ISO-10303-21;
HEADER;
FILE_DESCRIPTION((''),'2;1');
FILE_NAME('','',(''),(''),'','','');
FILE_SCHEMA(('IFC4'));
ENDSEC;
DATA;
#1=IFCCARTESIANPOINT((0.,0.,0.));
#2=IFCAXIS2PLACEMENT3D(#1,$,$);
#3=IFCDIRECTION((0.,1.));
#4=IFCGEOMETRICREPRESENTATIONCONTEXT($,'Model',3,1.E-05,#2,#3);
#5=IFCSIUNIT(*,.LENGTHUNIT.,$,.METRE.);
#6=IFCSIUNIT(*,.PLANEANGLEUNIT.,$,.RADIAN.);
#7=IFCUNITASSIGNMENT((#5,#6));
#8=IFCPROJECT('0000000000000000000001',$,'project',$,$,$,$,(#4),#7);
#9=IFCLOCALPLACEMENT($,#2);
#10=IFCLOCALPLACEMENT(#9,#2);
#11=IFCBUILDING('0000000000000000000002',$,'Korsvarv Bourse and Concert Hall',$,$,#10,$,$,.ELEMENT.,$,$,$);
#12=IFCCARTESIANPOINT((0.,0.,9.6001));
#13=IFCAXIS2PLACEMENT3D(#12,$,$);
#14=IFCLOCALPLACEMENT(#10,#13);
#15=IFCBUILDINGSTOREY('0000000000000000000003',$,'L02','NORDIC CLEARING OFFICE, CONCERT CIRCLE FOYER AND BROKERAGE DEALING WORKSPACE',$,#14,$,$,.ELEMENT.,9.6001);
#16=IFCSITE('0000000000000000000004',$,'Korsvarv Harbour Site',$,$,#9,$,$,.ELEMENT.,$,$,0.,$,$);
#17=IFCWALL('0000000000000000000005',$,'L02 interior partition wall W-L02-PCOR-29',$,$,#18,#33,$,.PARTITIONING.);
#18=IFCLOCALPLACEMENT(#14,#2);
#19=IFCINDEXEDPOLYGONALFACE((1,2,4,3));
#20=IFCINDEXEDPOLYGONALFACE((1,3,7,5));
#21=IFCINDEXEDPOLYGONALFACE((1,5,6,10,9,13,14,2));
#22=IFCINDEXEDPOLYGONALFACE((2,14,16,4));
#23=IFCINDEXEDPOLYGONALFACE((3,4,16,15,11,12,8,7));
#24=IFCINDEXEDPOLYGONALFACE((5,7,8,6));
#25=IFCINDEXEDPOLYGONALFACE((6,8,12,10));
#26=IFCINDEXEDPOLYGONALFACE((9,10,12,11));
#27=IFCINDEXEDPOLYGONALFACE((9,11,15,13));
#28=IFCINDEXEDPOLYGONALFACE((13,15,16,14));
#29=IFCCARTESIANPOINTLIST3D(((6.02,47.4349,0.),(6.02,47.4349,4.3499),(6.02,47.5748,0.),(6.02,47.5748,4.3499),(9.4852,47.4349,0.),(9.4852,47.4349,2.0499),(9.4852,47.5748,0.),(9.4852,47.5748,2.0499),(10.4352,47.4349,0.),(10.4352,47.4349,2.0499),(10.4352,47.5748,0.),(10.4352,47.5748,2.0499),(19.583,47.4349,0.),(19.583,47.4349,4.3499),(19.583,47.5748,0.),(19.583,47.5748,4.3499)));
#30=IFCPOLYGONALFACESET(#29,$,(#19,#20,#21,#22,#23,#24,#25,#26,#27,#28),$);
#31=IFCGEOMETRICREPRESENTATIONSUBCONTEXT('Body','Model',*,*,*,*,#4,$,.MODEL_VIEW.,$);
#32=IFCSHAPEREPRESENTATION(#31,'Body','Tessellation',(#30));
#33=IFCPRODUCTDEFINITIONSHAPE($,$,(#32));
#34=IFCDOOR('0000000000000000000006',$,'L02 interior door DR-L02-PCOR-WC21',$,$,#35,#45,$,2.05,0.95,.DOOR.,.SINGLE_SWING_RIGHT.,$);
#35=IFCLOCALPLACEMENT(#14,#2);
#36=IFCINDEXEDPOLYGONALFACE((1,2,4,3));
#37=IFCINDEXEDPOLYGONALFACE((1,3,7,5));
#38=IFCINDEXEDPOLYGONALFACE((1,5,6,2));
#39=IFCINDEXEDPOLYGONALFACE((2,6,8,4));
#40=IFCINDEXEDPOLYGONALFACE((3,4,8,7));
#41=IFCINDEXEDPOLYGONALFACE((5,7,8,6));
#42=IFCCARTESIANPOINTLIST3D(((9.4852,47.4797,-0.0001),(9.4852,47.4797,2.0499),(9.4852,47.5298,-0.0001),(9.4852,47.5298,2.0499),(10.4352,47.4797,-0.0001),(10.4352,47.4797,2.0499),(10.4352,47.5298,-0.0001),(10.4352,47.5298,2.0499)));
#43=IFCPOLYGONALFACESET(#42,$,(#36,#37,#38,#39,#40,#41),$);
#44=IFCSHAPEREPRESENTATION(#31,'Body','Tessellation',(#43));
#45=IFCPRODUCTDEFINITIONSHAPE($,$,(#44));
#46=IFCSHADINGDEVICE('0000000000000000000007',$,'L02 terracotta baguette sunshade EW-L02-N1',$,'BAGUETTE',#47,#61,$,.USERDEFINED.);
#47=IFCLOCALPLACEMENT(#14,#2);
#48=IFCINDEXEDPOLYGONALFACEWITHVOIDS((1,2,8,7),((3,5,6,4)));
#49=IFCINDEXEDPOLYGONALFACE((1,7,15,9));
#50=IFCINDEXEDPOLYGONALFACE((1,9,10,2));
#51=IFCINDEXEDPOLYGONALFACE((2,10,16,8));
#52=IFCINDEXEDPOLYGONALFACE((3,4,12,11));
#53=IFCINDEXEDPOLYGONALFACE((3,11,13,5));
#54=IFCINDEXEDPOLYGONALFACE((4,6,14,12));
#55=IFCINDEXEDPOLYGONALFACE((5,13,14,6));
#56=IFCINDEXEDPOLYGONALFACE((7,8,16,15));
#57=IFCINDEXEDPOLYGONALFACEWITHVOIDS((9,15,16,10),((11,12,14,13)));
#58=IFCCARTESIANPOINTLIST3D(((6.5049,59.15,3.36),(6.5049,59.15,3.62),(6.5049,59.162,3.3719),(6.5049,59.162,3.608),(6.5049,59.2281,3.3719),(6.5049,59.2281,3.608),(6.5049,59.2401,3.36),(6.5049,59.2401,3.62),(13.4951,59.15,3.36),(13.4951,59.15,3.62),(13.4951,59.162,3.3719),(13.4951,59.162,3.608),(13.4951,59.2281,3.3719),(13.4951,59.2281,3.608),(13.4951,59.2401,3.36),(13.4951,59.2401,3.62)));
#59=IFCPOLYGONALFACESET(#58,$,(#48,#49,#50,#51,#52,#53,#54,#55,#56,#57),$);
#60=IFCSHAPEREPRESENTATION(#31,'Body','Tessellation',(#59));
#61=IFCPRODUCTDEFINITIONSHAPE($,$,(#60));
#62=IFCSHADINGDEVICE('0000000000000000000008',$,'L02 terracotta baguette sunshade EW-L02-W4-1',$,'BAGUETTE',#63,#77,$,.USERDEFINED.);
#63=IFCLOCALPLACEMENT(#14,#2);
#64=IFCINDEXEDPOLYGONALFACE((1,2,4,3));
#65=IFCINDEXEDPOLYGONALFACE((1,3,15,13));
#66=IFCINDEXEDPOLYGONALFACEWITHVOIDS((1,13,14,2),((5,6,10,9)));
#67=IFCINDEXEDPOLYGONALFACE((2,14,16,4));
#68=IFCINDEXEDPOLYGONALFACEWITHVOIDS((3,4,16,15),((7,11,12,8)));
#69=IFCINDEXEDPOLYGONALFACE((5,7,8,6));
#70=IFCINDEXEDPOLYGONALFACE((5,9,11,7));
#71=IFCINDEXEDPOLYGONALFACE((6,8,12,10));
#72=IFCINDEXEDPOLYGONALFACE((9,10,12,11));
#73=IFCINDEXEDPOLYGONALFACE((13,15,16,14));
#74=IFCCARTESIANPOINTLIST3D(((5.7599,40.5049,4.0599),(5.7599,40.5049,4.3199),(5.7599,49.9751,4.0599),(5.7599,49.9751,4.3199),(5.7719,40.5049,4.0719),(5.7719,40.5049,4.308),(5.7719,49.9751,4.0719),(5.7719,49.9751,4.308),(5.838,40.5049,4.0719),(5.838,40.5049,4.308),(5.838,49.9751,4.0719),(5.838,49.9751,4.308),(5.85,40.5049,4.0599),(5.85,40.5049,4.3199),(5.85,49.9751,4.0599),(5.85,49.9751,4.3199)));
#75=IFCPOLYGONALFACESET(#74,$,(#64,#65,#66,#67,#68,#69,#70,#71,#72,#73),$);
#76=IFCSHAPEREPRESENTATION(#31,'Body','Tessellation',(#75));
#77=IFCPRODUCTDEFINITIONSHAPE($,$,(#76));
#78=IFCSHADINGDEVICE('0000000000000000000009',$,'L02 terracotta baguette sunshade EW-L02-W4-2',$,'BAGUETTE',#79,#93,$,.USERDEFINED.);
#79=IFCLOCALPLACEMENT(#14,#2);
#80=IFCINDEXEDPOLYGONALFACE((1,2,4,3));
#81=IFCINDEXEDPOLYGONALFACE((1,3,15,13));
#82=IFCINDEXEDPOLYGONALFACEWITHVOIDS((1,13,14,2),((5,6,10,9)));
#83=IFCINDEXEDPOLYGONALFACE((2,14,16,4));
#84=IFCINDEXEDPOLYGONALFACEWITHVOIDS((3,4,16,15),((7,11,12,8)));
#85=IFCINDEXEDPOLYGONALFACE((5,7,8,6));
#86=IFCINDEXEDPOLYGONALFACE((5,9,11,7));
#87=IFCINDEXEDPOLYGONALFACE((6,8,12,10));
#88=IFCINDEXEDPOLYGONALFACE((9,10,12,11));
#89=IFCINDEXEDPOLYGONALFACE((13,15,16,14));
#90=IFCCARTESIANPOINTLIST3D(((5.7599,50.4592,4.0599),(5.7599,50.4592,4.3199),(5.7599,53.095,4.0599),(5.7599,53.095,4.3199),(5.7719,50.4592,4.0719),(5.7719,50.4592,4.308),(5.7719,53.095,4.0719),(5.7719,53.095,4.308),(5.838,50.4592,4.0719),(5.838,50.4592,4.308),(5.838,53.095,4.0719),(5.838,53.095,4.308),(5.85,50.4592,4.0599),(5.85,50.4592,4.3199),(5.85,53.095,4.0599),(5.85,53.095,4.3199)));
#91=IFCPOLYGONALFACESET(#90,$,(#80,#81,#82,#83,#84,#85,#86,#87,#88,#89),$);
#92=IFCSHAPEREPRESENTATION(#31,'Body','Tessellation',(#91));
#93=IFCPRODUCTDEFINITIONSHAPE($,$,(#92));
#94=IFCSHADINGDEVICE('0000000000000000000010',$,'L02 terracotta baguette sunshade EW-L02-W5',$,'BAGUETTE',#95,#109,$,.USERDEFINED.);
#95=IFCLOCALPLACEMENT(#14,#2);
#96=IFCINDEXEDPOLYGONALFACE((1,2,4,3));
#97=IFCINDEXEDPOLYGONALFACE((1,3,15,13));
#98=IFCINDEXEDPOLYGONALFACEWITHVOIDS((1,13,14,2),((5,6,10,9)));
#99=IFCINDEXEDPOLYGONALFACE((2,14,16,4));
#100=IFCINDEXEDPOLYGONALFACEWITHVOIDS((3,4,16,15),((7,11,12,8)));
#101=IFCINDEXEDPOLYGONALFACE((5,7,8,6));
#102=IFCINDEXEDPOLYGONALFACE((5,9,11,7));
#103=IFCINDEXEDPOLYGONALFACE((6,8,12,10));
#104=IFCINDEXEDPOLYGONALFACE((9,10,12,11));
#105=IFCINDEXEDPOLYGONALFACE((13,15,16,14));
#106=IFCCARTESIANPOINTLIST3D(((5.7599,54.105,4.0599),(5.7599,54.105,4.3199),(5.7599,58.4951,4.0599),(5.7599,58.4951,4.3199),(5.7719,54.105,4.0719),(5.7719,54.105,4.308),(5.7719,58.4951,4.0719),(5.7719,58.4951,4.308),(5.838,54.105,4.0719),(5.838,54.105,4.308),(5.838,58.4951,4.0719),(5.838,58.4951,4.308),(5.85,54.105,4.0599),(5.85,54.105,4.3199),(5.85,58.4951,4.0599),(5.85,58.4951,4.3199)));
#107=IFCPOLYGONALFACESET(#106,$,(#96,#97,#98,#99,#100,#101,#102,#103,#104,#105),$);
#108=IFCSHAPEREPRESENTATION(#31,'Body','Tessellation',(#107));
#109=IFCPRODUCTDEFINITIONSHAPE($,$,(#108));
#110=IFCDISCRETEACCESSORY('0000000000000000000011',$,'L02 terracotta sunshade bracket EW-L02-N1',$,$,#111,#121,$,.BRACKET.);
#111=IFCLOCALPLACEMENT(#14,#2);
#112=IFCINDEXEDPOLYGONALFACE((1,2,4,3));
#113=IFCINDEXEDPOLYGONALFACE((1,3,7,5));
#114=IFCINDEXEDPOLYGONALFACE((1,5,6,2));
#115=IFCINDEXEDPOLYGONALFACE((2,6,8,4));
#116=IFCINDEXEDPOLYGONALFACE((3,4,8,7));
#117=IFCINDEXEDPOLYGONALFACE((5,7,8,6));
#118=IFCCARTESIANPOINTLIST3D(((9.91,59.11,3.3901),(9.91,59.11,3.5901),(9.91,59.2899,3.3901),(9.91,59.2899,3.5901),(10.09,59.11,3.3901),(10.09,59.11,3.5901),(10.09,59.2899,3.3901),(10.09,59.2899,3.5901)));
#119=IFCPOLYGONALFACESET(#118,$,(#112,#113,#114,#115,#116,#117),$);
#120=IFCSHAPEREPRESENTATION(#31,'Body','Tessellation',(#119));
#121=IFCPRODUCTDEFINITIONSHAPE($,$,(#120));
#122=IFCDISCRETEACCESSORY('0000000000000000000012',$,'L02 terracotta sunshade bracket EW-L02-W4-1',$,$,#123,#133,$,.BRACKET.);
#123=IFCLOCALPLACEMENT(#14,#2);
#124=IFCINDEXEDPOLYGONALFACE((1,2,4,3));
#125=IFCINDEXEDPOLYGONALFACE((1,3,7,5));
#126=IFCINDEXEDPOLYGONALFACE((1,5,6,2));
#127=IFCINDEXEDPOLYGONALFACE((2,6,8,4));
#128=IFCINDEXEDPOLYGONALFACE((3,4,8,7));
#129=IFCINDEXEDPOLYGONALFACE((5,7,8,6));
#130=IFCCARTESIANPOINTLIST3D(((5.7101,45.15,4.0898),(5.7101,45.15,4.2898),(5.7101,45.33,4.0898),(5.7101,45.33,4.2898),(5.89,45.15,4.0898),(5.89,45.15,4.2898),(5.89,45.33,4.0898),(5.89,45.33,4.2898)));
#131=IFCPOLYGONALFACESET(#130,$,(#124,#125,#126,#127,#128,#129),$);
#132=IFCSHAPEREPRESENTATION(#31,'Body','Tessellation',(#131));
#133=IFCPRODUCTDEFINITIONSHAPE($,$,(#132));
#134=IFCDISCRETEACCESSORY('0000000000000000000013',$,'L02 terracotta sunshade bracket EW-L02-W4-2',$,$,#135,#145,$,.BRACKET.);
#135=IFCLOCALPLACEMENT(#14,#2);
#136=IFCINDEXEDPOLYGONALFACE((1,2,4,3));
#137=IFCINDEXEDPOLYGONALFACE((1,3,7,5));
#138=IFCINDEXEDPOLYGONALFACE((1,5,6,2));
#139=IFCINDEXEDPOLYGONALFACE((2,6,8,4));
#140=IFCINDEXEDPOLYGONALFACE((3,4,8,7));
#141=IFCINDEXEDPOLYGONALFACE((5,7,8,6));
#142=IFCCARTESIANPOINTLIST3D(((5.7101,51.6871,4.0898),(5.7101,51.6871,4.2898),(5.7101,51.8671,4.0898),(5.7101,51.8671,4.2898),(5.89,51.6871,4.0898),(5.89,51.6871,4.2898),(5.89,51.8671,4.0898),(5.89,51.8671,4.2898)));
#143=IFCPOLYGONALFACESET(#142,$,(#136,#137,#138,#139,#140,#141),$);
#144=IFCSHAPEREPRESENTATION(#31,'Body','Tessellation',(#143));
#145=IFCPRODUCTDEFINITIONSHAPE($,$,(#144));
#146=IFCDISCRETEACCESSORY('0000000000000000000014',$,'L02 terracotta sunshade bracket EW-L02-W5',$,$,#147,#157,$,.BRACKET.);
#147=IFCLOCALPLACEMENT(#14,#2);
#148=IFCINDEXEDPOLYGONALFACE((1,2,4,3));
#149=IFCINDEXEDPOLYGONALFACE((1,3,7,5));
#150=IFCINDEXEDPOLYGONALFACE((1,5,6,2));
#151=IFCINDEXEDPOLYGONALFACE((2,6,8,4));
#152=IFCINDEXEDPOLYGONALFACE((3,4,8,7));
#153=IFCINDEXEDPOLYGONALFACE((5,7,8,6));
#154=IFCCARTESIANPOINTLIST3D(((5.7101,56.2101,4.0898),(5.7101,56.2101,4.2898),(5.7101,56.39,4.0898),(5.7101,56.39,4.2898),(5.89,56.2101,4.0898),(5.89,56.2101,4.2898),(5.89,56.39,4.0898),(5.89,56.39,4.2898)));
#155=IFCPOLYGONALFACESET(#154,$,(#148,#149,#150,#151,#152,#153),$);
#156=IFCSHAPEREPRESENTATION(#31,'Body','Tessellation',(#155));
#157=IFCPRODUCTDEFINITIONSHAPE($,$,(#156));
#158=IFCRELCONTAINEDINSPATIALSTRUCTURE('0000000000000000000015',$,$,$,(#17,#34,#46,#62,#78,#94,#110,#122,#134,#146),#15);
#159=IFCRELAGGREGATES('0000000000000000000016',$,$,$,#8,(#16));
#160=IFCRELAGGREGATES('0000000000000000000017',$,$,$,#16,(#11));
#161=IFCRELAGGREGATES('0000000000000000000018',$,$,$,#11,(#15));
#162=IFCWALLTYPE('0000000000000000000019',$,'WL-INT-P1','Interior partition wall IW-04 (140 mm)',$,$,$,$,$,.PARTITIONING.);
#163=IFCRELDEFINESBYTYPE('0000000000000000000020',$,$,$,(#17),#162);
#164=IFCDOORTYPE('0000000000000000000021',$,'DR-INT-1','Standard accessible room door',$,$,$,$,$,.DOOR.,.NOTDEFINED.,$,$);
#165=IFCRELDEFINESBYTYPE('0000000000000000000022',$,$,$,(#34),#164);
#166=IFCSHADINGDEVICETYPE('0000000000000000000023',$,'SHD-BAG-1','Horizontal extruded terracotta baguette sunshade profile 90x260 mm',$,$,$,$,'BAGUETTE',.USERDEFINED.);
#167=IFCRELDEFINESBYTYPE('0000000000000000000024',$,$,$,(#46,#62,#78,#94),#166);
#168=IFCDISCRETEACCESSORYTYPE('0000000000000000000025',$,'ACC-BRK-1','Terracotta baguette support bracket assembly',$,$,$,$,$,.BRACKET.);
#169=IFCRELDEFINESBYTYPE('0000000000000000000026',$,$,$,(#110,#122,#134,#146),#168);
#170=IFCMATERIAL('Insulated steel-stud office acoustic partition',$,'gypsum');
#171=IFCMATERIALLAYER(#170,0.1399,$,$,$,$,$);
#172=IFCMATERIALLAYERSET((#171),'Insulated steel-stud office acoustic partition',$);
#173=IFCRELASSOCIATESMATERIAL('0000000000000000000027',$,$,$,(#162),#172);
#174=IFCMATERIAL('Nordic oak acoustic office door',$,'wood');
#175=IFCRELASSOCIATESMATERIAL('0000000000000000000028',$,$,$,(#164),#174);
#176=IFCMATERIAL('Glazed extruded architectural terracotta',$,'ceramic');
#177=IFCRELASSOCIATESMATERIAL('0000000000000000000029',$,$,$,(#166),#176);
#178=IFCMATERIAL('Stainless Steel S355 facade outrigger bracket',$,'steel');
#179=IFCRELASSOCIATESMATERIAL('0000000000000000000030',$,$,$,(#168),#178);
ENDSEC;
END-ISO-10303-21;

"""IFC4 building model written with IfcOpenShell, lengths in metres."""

from ifc_helpers import new_model, si_unit, direction, frame, frame_2d, origin, origin_2d, place, context, subcontext, project, spatial, rectangle, hollow_rectangle, extrude, source, transform, mapped, material, layer, layer_set, material_profile, profile_set, type_object, element, fill, save


model = new_model("IFC4")

# Units and contexts
model_context = context("Model", 3, precision=1e-05, world=origin(), true_north=direction((0.0, 1.0)))
body_context = subcontext(model_context, "Body", "Model", "MODEL_VIEW")
ifc_project = project(units=[si_unit("LENGTHUNIT", "METRE"), si_unit("PLANEANGLEUNIT", "RADIAN")], contexts=[model_context])

# Site, building, storey
site_placement = place(None, origin())
site = spatial("IfcSite", under=ifc_project, at=site_placement, Name="Korsvarv Harbour Site", CompositionType="ELEMENT", RefElevation=0.0)
building_placement = place(site_placement, origin())
building = spatial("IfcBuilding", under=site, at=building_placement, Name="Korsvarv Bourse and Concert Hall", CompositionType="ELEMENT")
storey_placement = place(building_placement, frame((0.0, 0.0, 9.6001)))
storey = spatial("IfcBuildingStorey", under=building, at=storey_placement, Name="L02", Description="NORDIC CLEARING OFFICE, CONCERT CIRCLE FOYER AND BROKERAGE DEALING WORKSPACE", CompositionType="ELEMENT", Elevation=9.6001)

# Wall, opening, door
ifc_material_1 = material(Name="Insulated steel-stud office acoustic partition", Category="gypsum")
ifc_layer_1 = layer(ifc_material_1, 0.1399)
ifc_layer_set_1 = layer_set([ifc_layer_1], Name="Insulated steel-stud office acoustic partition")
wall_type_1 = type_object("IfcWallType", Name="WL-INT-P1", Description="Interior partition wall IW-04 (140 mm)", PredefinedType="PARTITIONING", material=ifc_layer_set_1)
wall_1_placement = place(storey_placement, frame((6.02, 47.5049, 0.0), z_axis=(0.0, 0.0, 1.0), x_axis=(1.0, 0.0, 0.0)))
wall_1 = element("IfcWall", 1, at=wall_1_placement, inside=storey, type_object=wall_type_1, Name="L02 interior partition wall W-L02-PCOR-29", PredefinedType="PARTITIONING", context=body_context, shape_type="SweptSolid", body=[
    extrude(rectangle(XDim=13.563, YDim=0.1399, at=frame_2d((6.7815, 0.0))), origin(), (0.0, 0.0, 1.0), 4.3499),
])
opening_1_placement = place(wall_1_placement, frame((3.4651, 0.0, 0.0)))
opening_1 = element("IfcOpeningElement", 2, at=opening_1_placement, cuts=wall_1, PredefinedType="OPENING", context=body_context, shape_type="SweptSolid", body=[
    extrude(rectangle(XDim=0.95, YDim=2.05, at=frame_2d((0.4751, 1.0249))), frame((0.0, 0.0801, 0.0), z_axis=(0.0, -1.0, 0.0), x_axis=(1.0, 0.0, 0.0)), (0.0, 0.0, 1.0), 0.1599),
])
ifc_material_2 = material(Name="Nordic oak acoustic office door", Category="wood")
door_type = type_object("IfcDoorType", Name="DR-INT-1", Description="Standard accessible room door", OperationType="NOTDEFINED", PredefinedType="DOOR", material=ifc_material_2)
door_placement = place(opening_1_placement, origin())
door = element("IfcDoor", 3, at=door_placement, inside=storey, type_object=door_type, Name="L02 interior door DR-L02-PCOR-WC21", OperationType="SINGLE_SWING_RIGHT", OverallHeight=2.05, OverallWidth=0.95, PredefinedType="DOOR", context=body_context, shape_type="SweptSolid", body=[
    extrude(rectangle(XDim=0.95, YDim=2.05, at=frame_2d((0.4751, 1.0249))), frame((0.0, 0.0249, 0.0), z_axis=(0.0, -1.0, 0.0), x_axis=(1.0, 0.0, 0.0)), (0.0, 0.0, 1.0), 0.05),
])
fill(opening_1, door)

# Shading devices
ifc_material_3 = material(Name="Glazed extruded architectural terracotta", Category="ceramic")
ifc_material_profile_1 = material_profile(ifc_material_3, hollow_rectangle(XDim=0.0901, YDim=0.26, WallThickness=0.012, at=origin_2d()), Name="TC-BAG 90x260")
ifc_profile_set_1 = profile_set([ifc_material_profile_1], Name="Glazed extruded architectural terracotta")
shading_device_type = type_object("IfcShadingDeviceType", Name="SHD-BAG-1", Description="Horizontal extruded terracotta baguette sunshade profile 90x260 mm", ElementType="BAGUETTE", PredefinedType="USERDEFINED", material=ifc_profile_set_1)
shared_shape_1 = source(origin(), body_context, "Body", "SweptSolid", [
    extrude(hollow_rectangle(XDim=0.0901, YDim=0.26, WallThickness=0.012, at=origin_2d()), origin(), (0.0, 0.0, 1.0), 6.9902),
])
shading_device_1_placement = place(storey_placement, frame((6.5049, 59.1951, 3.49), z_axis=(1.0, 0.0, 0.0), x_axis=(0.0, 1.0, 0.0)))
element("IfcShadingDevice", 4, at=shading_device_1_placement, inside=storey, type_object=shading_device_type, Name="L02 terracotta baguette sunshade EW-L02-N1", ObjectType="BAGUETTE", PredefinedType="USERDEFINED", context=body_context, shape_type="MappedRepresentation", body=[
    mapped(shared_shape_1, transform((0.0, 0.0, 0.0), scale=1.0)),
])
shared_shape_2 = source(origin(), body_context, "Body", "SweptSolid", [
    extrude(hollow_rectangle(XDim=0.0901, YDim=0.26, WallThickness=0.012, at=origin_2d()), origin(), (0.0, 0.0, 1.0), 9.4702),
])
shading_device_2_placement = place(storey_placement, frame((5.8049, 40.5049, 4.1899), z_axis=(0.0, 1.0, 0.0), x_axis=(-1.0, 0.0, 0.0)))
element("IfcShadingDevice", 5, at=shading_device_2_placement, inside=storey, type_object=shading_device_type, Name="L02 terracotta baguette sunshade EW-L02-W4-1", ObjectType="BAGUETTE", PredefinedType="USERDEFINED", context=body_context, shape_type="MappedRepresentation", body=[
    mapped(shared_shape_2, transform((0.0, 0.0, 0.0), scale=1.0)),
])
shared_shape_3 = source(origin(), body_context, "Body", "SweptSolid", [
    extrude(hollow_rectangle(XDim=0.0901, YDim=0.26, WallThickness=0.012, at=origin_2d()), origin(), (0.0, 0.0, 1.0), 2.6357),
])
shading_device_3_placement = place(storey_placement, frame((5.8049, 50.4592, 4.1899), z_axis=(0.0, 1.0, 0.0), x_axis=(-1.0, 0.0, 0.0)))
element("IfcShadingDevice", 6, at=shading_device_3_placement, inside=storey, type_object=shading_device_type, Name="L02 terracotta baguette sunshade EW-L02-W4-2", ObjectType="BAGUETTE", PredefinedType="USERDEFINED", context=body_context, shape_type="MappedRepresentation", body=[
    mapped(shared_shape_3, transform((0.0, 0.0, 0.0), scale=1.0)),
])
shared_shape_4 = source(origin(), body_context, "Body", "SweptSolid", [
    extrude(hollow_rectangle(XDim=0.0901, YDim=0.26, WallThickness=0.012, at=origin_2d()), origin(), (0.0, 0.0, 1.0), 4.3901),
])
shading_device_4_placement = place(storey_placement, frame((5.8049, 54.105, 4.1899), z_axis=(0.0, 1.0, 0.0), x_axis=(-1.0, 0.0, 0.0)))
element("IfcShadingDevice", 7, at=shading_device_4_placement, inside=storey, type_object=shading_device_type, Name="L02 terracotta baguette sunshade EW-L02-W5", ObjectType="BAGUETTE", PredefinedType="USERDEFINED", context=body_context, shape_type="MappedRepresentation", body=[
    mapped(shared_shape_4, transform((0.0, 0.0, 0.0), scale=1.0)),
])

# Discrete accessories
ifc_material_4 = material(Name="Stainless Steel S355 facade outrigger bracket", Category="steel")
discrete_accessory_type = type_object("IfcDiscreteAccessoryType", Name="ACC-BRK-1", Description="Terracotta baguette support bracket assembly", PredefinedType="BRACKET", material=ifc_material_4)
shared_shape_5 = source(origin(), body_context, "Body", "SweptSolid", [
    extrude(rectangle(XDim=0.1799, YDim=0.1799, at=origin_2d()), origin(), (0.0, 0.0, 1.0), 0.2),
])
for number, where, z_axis, x_axis, name in (
    (8, (10.0, 59.2, 3.3901), (0.0, 0.0, 1.0), (1.0, 0.0, 0.0), "L02 terracotta sunshade bracket EW-L02-N1"),
    (9, (5.8, 45.24, 4.0898), (0.0, 0.0, 1.0), (0.0, 1.0, 0.0), "L02 terracotta sunshade bracket EW-L02-W4-1"),
    (10, (5.8, 51.7771, 4.0898), (0.0, 0.0, 1.0), (0.0, 1.0, 0.0), "L02 terracotta sunshade bracket EW-L02-W4-2"),
    (11, (5.8, 56.3, 4.0898), (0.0, 0.0, 1.0), (0.0, 1.0, 0.0), "L02 terracotta sunshade bracket EW-L02-W5"),
):
    element("IfcDiscreteAccessory", number, at=place(storey_placement, frame(where, z_axis=z_axis, x_axis=x_axis)), inside=storey, type_object=discrete_accessory_type, Name=name, PredefinedType="BRACKET", context=body_context, shape_type="MappedRepresentation", body=[
        mapped(shared_shape_5, transform((0.0, 0.0, 0.0), scale=1.0)),
    ])

save(model, "model.ifc")
